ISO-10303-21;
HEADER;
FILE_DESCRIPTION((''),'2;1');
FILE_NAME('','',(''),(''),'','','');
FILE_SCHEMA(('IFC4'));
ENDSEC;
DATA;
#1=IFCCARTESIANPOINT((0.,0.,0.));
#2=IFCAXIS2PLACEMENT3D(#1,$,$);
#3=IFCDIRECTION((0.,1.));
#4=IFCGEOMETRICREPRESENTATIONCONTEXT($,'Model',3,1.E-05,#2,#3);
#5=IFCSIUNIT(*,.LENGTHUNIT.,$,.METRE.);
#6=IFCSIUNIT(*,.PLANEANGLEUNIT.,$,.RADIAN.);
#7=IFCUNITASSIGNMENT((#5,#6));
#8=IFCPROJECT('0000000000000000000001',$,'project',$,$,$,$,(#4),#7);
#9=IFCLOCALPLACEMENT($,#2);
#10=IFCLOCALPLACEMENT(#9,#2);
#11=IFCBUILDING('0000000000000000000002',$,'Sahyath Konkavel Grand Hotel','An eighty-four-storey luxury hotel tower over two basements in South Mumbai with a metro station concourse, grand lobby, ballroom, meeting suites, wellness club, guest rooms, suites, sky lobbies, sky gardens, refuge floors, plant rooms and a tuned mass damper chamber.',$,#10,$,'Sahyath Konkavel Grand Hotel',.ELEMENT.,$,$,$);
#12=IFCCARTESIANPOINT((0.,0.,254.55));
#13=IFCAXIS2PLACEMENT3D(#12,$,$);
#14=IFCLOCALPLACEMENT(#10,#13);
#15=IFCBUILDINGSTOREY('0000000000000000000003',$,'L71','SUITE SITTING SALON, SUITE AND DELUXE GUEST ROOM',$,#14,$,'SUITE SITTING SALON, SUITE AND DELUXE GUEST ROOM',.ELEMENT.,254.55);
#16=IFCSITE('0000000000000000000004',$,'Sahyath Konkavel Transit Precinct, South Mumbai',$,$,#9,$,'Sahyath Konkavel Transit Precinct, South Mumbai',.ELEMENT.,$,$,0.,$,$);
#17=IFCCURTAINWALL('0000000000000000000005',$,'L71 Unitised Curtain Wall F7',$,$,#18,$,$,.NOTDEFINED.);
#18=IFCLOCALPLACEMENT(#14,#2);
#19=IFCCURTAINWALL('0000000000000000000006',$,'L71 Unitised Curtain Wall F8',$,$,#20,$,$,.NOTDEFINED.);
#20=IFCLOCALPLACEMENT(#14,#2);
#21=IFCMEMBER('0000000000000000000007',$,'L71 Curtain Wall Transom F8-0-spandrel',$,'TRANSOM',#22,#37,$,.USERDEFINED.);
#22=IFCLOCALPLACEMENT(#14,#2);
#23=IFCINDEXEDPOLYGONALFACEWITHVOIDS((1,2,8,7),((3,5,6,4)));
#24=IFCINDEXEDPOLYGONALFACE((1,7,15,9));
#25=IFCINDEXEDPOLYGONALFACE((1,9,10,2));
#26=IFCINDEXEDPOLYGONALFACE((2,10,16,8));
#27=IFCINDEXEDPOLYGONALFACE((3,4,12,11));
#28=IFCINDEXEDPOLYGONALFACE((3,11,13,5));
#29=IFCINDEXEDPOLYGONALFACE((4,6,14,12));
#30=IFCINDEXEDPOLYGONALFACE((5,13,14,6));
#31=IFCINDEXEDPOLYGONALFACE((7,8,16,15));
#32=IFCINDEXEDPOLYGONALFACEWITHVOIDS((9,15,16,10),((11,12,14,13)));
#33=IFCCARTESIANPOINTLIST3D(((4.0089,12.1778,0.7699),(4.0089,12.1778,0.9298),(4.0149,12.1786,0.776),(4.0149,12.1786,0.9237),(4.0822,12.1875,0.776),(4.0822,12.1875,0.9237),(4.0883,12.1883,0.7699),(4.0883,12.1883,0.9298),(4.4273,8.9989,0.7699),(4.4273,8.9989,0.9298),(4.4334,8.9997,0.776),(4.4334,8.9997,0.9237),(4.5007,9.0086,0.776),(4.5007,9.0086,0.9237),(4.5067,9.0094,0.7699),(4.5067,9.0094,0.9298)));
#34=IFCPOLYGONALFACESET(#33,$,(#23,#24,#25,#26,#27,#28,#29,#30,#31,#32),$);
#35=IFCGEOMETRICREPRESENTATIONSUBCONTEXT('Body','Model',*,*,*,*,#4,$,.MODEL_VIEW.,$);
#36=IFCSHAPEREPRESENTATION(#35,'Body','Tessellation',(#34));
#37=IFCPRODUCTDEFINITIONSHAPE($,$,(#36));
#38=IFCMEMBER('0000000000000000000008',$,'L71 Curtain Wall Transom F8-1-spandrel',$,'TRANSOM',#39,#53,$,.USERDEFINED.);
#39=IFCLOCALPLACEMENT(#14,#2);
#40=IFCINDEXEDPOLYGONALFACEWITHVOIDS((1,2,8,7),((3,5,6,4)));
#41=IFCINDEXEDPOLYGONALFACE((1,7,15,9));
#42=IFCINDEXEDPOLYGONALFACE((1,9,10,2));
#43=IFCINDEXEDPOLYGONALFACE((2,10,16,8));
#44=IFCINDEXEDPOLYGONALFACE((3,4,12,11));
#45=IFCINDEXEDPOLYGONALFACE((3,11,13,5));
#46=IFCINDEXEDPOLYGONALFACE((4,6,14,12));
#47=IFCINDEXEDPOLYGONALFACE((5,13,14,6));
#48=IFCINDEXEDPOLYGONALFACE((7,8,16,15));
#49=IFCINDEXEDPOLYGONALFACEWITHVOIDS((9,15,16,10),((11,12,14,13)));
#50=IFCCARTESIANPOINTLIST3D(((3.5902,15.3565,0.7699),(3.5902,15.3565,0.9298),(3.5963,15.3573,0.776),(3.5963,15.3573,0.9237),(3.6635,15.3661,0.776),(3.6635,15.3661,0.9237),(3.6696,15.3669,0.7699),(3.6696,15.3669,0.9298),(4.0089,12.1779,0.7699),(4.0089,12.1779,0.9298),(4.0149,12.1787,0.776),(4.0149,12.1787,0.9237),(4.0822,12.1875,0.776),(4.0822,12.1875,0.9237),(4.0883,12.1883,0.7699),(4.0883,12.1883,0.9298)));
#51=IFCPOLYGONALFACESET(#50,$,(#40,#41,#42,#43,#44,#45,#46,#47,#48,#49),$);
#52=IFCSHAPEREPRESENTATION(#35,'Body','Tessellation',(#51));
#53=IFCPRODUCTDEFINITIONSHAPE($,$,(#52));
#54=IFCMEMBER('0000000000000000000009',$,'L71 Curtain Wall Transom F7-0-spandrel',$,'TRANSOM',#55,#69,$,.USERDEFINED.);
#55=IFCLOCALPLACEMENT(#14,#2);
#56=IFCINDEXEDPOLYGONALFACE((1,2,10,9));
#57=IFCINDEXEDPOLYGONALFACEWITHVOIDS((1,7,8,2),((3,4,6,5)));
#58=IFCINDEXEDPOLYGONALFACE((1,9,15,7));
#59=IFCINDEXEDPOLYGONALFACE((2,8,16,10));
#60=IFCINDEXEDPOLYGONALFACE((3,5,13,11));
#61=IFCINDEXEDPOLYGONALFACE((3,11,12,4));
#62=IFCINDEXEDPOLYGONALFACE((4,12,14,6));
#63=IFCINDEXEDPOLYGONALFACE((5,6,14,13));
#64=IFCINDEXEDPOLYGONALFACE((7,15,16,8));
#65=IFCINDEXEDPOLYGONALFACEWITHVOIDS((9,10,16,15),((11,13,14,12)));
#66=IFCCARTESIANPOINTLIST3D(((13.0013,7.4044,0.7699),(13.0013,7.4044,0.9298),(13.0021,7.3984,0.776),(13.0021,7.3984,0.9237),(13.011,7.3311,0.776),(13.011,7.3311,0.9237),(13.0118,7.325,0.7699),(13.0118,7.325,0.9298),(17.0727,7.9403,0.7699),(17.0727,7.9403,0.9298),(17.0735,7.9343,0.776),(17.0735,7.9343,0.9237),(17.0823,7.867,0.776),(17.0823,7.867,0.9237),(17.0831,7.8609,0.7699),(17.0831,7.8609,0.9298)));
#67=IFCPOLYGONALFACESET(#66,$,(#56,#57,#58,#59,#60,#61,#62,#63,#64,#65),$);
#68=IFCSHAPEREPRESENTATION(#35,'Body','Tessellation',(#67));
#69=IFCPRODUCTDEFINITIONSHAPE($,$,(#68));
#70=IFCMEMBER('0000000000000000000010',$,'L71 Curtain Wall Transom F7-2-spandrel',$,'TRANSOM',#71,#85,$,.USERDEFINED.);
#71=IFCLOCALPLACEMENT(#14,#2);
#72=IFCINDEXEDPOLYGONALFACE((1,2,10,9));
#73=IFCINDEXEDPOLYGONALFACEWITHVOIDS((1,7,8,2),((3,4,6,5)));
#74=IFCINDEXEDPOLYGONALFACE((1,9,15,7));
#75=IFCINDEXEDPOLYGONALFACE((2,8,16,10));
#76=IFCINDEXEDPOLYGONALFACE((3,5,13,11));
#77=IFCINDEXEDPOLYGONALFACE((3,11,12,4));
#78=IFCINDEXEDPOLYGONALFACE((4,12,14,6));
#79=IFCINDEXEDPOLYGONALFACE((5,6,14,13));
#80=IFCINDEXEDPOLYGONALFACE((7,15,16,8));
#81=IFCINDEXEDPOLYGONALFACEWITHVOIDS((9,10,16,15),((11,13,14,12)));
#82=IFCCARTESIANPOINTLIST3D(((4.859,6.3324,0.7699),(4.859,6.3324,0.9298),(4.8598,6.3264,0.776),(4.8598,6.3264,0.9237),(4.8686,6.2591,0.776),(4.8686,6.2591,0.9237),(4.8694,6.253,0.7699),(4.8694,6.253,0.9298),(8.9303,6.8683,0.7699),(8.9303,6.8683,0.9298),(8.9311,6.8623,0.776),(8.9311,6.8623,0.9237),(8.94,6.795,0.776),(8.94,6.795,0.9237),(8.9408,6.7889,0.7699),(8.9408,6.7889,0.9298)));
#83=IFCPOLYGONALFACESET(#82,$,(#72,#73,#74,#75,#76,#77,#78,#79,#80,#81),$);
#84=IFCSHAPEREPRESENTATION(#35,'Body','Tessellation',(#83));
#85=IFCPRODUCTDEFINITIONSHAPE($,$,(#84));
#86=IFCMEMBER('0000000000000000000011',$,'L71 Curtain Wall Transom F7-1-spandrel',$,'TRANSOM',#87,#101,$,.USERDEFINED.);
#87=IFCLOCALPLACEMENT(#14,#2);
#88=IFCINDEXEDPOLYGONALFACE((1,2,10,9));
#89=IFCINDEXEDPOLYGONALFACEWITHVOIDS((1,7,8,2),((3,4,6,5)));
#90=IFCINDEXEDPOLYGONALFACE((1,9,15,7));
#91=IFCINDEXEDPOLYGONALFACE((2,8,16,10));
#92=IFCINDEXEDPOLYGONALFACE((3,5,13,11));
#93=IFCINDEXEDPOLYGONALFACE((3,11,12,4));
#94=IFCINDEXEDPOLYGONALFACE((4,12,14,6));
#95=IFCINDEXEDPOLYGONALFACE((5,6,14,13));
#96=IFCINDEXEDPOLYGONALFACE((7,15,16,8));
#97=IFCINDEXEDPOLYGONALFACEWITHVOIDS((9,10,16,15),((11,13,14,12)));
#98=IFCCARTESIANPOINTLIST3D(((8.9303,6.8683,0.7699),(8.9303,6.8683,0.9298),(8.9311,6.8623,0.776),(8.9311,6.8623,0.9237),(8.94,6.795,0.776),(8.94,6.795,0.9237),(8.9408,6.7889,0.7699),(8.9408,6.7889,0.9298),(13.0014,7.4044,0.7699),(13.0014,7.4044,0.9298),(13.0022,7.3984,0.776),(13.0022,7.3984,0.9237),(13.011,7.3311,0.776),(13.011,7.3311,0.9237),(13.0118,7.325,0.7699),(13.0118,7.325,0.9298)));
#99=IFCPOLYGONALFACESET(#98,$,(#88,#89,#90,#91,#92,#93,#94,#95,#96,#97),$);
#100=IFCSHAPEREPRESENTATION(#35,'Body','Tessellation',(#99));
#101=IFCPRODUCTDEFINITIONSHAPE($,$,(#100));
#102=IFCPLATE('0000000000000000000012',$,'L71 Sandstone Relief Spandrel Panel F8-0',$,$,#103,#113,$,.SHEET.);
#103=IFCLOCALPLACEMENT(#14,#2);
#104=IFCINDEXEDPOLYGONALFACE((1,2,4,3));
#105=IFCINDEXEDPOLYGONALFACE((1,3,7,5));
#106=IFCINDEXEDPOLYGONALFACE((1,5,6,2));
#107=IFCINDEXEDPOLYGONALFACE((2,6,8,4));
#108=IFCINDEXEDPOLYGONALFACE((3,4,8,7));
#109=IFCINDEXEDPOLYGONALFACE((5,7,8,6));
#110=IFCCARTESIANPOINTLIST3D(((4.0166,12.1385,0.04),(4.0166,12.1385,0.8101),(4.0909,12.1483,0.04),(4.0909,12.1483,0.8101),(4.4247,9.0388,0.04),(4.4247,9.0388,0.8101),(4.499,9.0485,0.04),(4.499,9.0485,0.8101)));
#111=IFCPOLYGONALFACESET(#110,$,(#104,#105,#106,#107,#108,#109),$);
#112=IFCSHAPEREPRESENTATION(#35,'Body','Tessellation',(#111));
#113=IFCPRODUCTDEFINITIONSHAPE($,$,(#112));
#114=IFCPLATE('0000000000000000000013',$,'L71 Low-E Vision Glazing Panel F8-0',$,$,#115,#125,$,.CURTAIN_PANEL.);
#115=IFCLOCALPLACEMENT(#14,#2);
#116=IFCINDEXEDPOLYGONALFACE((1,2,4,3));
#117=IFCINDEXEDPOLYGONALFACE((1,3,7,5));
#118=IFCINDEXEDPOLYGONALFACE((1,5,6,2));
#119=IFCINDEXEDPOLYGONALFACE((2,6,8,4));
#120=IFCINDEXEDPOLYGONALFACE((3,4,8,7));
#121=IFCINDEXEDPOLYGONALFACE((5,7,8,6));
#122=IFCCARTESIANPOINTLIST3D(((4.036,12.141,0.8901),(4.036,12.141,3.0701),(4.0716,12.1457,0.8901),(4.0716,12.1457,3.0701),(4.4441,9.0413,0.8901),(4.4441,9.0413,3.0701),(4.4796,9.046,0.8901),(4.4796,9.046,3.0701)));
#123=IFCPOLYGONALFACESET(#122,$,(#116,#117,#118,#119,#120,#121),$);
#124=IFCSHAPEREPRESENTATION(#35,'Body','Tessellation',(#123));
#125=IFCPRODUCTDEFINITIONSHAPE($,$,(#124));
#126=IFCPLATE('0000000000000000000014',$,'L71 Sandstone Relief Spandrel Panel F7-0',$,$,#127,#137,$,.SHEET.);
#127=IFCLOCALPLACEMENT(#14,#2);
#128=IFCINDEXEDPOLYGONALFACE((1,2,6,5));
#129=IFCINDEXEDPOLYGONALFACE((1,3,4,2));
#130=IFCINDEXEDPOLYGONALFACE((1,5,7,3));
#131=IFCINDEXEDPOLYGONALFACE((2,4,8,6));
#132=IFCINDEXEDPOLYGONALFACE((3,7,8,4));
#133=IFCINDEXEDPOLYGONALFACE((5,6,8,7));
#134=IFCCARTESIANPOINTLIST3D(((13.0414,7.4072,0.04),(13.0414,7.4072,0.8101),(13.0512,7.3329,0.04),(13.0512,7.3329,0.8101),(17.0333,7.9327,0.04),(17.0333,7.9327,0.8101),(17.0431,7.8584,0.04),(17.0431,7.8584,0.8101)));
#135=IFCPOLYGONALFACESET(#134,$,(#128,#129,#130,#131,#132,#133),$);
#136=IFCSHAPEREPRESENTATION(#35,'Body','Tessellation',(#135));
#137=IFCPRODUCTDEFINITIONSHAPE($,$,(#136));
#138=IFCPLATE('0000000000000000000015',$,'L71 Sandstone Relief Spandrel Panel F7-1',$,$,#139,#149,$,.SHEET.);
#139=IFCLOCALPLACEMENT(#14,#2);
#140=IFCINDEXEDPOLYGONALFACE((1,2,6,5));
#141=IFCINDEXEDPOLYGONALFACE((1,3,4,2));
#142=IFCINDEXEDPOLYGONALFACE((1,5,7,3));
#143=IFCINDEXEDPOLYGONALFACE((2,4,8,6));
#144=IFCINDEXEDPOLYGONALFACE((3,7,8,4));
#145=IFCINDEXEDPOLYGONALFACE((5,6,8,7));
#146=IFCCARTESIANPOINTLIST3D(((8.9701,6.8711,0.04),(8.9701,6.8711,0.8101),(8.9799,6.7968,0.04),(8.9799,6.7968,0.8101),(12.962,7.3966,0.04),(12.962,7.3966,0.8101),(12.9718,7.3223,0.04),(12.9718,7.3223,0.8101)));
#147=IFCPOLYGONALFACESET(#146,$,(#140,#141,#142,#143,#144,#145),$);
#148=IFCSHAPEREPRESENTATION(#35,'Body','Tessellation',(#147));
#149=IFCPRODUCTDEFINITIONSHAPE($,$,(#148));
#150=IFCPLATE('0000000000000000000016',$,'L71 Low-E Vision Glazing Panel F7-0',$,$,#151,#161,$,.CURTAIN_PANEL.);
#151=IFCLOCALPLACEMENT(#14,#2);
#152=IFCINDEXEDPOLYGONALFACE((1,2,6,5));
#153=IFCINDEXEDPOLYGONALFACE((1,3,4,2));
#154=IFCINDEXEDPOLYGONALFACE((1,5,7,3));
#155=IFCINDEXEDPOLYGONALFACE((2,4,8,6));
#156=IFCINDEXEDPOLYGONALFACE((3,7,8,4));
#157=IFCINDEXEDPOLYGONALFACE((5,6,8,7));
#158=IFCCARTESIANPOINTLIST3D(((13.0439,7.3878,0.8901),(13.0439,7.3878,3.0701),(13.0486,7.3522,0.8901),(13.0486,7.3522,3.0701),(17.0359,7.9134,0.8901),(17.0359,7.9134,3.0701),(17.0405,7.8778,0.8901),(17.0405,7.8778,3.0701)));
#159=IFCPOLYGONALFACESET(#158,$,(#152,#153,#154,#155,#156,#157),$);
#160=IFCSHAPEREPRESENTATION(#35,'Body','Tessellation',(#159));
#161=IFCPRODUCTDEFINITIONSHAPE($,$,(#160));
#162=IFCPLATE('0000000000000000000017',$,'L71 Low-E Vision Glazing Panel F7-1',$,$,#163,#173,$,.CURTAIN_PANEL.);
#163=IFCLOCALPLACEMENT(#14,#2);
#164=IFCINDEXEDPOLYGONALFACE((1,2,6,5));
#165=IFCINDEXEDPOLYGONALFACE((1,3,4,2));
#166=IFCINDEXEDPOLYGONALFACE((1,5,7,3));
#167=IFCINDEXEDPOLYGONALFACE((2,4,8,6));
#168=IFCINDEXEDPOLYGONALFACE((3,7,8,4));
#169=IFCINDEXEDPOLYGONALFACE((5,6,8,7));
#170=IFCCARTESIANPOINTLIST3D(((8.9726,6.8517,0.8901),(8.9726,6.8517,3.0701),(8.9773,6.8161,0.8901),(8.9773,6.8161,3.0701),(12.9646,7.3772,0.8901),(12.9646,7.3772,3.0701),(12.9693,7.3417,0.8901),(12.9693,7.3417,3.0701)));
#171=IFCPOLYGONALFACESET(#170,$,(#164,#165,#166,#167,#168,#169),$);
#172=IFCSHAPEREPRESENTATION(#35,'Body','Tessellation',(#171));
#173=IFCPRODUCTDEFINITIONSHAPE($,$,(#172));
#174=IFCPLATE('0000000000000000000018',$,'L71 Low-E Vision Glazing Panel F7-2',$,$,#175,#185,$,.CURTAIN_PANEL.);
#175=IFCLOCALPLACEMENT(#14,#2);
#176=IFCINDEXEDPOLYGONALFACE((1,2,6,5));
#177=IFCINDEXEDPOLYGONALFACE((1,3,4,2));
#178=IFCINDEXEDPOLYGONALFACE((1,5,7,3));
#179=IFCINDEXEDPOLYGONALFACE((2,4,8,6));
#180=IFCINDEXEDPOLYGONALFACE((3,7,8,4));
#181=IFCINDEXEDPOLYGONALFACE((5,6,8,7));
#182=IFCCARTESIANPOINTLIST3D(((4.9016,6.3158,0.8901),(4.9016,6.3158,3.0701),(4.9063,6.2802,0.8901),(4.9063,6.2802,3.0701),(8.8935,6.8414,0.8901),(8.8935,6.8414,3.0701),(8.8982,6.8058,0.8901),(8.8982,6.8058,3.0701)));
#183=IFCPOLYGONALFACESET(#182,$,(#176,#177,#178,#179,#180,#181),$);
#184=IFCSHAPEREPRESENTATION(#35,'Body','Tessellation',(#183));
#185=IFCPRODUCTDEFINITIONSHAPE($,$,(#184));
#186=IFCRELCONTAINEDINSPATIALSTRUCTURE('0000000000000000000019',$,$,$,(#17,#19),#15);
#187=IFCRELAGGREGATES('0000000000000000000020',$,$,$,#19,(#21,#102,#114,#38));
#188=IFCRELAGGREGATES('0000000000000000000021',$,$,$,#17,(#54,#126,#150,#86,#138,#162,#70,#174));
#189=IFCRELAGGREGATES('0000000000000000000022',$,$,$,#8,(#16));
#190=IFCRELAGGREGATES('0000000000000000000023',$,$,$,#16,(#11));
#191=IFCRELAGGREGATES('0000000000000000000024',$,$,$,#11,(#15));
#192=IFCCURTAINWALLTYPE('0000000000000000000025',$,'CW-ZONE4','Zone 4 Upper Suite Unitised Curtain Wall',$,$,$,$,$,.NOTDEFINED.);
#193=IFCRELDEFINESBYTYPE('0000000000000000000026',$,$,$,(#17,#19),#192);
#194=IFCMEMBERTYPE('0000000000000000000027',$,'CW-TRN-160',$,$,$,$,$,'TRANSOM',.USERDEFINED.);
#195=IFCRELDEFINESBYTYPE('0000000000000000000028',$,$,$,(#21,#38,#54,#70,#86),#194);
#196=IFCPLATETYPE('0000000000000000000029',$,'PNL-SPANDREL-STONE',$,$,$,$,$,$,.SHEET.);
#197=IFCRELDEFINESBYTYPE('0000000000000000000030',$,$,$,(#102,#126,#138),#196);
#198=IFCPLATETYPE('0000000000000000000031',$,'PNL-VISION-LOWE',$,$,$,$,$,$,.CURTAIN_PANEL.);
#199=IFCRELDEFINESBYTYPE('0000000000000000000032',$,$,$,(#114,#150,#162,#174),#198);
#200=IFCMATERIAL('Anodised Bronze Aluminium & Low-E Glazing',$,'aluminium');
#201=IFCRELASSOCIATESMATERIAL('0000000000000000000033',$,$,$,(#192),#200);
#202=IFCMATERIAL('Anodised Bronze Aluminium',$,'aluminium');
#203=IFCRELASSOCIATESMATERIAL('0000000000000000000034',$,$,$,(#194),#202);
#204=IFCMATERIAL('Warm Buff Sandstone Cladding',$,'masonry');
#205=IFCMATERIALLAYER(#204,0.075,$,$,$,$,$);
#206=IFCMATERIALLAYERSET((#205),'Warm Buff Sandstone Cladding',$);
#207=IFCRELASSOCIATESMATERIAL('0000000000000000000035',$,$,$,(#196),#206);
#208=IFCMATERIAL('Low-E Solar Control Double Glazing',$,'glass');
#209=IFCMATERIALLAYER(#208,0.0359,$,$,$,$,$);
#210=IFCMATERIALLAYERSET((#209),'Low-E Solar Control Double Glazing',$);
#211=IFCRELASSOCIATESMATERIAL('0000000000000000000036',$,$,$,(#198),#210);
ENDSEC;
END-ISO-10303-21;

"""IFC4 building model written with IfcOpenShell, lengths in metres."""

from ifc_helpers import new_model, si_unit, direction, frame, origin, origin_2d, place, context, subcontext, project, spatial, rectangle, hollow_rectangle, extrude, source, transform, mapped, material, layer, layer_set, material_profile, profile_set, type_object, element, aggregate, save


model = new_model("IFC4")

# Units and contexts
model_context = context("Model", 3, precision=1e-05, world=origin(), true_north=direction((0.0, 1.0)))
body_context = subcontext(model_context, "Body", "Model", "MODEL_VIEW")
ifc_project = project(units=[si_unit("LENGTHUNIT", "METRE"), si_unit("PLANEANGLEUNIT", "RADIAN")], contexts=[model_context])

# Site, building, storey
site_placement = place(None, origin())
site = spatial("IfcSite", under=ifc_project, at=site_placement, Name="Sahyath Konkavel Transit Precinct, South Mumbai", LongName="Sahyath Konkavel Transit Precinct, South Mumbai", CompositionType="ELEMENT", RefElevation=0.0)
building_placement = place(site_placement, origin())
building = spatial("IfcBuilding", under=site, at=building_placement, Name="Sahyath Konkavel Grand Hotel", Description="An eighty-four-storey luxury hotel tower over two basements in South Mumbai with a metro station concourse, grand lobby, ballroom, meeting suites, wellness club, guest rooms, suites, sky lobbies, sky gardens, refuge floors, plant rooms and a tuned mass damper chamber.", LongName="Sahyath Konkavel Grand Hotel", CompositionType="ELEMENT")
storey_placement = place(building_placement, frame((0.0, 0.0, 254.55)))
storey = spatial("IfcBuildingStorey", under=building, at=storey_placement, Name="L71", Description="SUITE SITTING SALON, SUITE AND DELUXE GUEST ROOM", LongName="SUITE SITTING SALON, SUITE AND DELUXE GUEST ROOM", CompositionType="ELEMENT", Elevation=254.55)

# Shared definitions
ifc_material_1 = material(Name="Anodised Bronze Aluminium & Low-E Glazing", Category="aluminium")
curtain_wall_type = type_object("IfcCurtainWallType", Name="CW-ZONE4", Description="Zone 4 Upper Suite Unitised Curtain Wall", PredefinedType="NOTDEFINED", material=ifc_material_1)
ifc_material_2 = material(Name="Anodised Bronze Aluminium", Category="aluminium")

# Curtain wall
curtain_wall_1_placement = place(storey_placement, origin())
curtain_wall_1 = element("IfcCurtainWall", 1, at=curtain_wall_1_placement, inside=storey, type_object=curtain_wall_type, Name="L71 Unitised Curtain Wall F7", PredefinedType="NOTDEFINED")

# Curtain wall
curtain_wall_2_placement = place(storey_placement, origin())
curtain_wall_2 = element("IfcCurtainWall", 2, at=curtain_wall_2_placement, inside=storey, type_object=curtain_wall_type, Name="L71 Unitised Curtain Wall F8", PredefinedType="NOTDEFINED")

# Members
ifc_material_profile_1 = material_profile(ifc_material_2, hollow_rectangle(XDim=0.0801, YDim=0.1599, WallThickness=0.0061, at=origin_2d()), Name="RHS 160x80x6")
ifc_profile_set_1 = profile_set([ifc_material_profile_1], Name="Anodised Bronze Aluminium")
member_type_1 = type_object("IfcMemberType", Name="CW-TRN-160", ElementType="TRANSOM", PredefinedType="USERDEFINED", material=ifc_profile_set_1)
shared_shape_1 = source(origin(), body_context, "Body", "SweptSolid", [
    extrude(hollow_rectangle(XDim=0.0801, YDim=0.1599, WallThickness=0.0061, at=origin_2d()), origin(), (0.0, 0.0, 1.0), 3.2063),
])
member_1_placement = place(storey_placement, frame((4.467, 9.0042, 0.8499), z_axis=(-0.130508, 0.991447, 0.0), x_axis=(-0.991447, -0.130508, 0.0)))
member_1 = element("IfcMember", 3, at=member_1_placement, type_object=member_type_1, Name="L71 Curtain Wall Transom F8-0-spandrel", ObjectType="TRANSOM", PredefinedType="USERDEFINED", context=body_context, shape_type="MappedRepresentation", body=[
    mapped(shared_shape_1, transform((0.0, 0.0, 0.0), scale=1.0)),
])
shared_shape_2 = source(origin(), body_context, "Body", "SweptSolid", [
    extrude(hollow_rectangle(XDim=0.0801, YDim=0.1599, WallThickness=0.0061, at=origin_2d()), origin(), (0.0, 0.0, 1.0), 3.2061),
])
member_2_placement = place(storey_placement, frame((4.0486, 12.1831, 0.8499), z_axis=(-0.130592, 0.991436, 0.0), x_axis=(-0.991436, -0.130592, 0.0)))
member_2 = element("IfcMember", 4, at=member_2_placement, type_object=member_type_1, Name="L71 Curtain Wall Transom F8-1-spandrel", ObjectType="TRANSOM", PredefinedType="USERDEFINED", context=body_context, shape_type="MappedRepresentation", body=[
    mapped(shared_shape_2, transform((0.0, 0.0, 0.0), scale=1.0)),
])
shared_shape_3 = source(origin(), body_context, "Body", "SweptSolid", [
    extrude(hollow_rectangle(XDim=0.0801, YDim=0.1599, WallThickness=0.0061, at=origin_2d()), origin(), (0.0, 0.0, 1.0), 4.1064),
])
member_3_placement = place(storey_placement, frame((17.0779, 7.9006, 0.8499), z_axis=(-0.991448, -0.130501, 0.0), x_axis=(0.130501, -0.991448, 0.0)))
member_3 = element("IfcMember", 5, at=member_3_placement, type_object=member_type_1, Name="L71 Curtain Wall Transom F7-0-spandrel", ObjectType="TRANSOM", PredefinedType="USERDEFINED", context=body_context, shape_type="MappedRepresentation", body=[
    mapped(shared_shape_3, transform((0.0, 0.0, 0.0), scale=1.0)),
])
member_4_placement = place(storey_placement, frame((8.9355, 6.8286, 0.8499), z_axis=(-0.991448, -0.130501, 0.0), x_axis=(0.130501, -0.991448, 0.0)))
member_4 = element("IfcMember", 6, at=member_4_placement, type_object=member_type_1, Name="L71 Curtain Wall Transom F7-2-spandrel", ObjectType="TRANSOM", PredefinedType="USERDEFINED", context=body_context, shape_type="MappedRepresentation", body=[
    mapped(shared_shape_3, transform((0.0, 0.0, 0.0), scale=1.0)),
])
shared_shape_4 = source(origin(), body_context, "Body", "SweptSolid", [
    extrude(hollow_rectangle(XDim=0.0801, YDim=0.1599, WallThickness=0.0061, at=origin_2d()), origin(), (0.0, 0.0, 1.0), 4.1062),
])
member_5_placement = place(storey_placement, frame((13.0066, 7.3647, 0.8499), z_axis=(-0.99144, -0.130567, 0.0), x_axis=(0.130567, -0.99144, 0.0)))
member_5 = element("IfcMember", 7, at=member_5_placement, type_object=member_type_1, Name="L71 Curtain Wall Transom F7-1-spandrel", ObjectType="TRANSOM", PredefinedType="USERDEFINED", context=body_context, shape_type="MappedRepresentation", body=[
    mapped(shared_shape_4, transform((0.0, 0.0, 0.0), scale=1.0)),
])

# Plates
ifc_material_3 = material(Name="Warm Buff Sandstone Cladding", Category="masonry")
ifc_layer_1 = layer(ifc_material_3, 0.075)
ifc_layer_set_1 = layer_set([ifc_layer_1], Name="Warm Buff Sandstone Cladding")
plate_type_1 = type_object("IfcPlateType", Name="PNL-SPANDREL-STONE", PredefinedType="SHEET", material=ifc_layer_set_1)
shared_shape_5 = source(origin(), body_context, "Body", "SweptSolid", [
    extrude(rectangle(XDim=3.1265, YDim=0.075, at=origin_2d()), origin(), (0.0, 0.0, 1.0), 0.77),
])
plate_1_placement = place(storey_placement, frame((4.2578, 10.5935, 0.04), z_axis=(0.0, 0.0, 1.0), x_axis=(-0.130526, 0.991445, 0.0)))
plate_1 = element("IfcPlate", 8, at=plate_1_placement, type_object=plate_type_1, Name="L71 Sandstone Relief Spandrel Panel F8-0", PredefinedType="SHEET", context=body_context, shape_type="MappedRepresentation", body=[
    mapped(shared_shape_5, transform((0.0, 0.0, 0.0), scale=1.0)),
])
ifc_material_4 = material(Name="Low-E Solar Control Double Glazing", Category="glass")
ifc_layer_2 = layer(ifc_material_4, 0.0359)
ifc_layer_set_2 = layer_set([ifc_layer_2], Name="Low-E Solar Control Double Glazing")
plate_type_2 = type_object("IfcPlateType", Name="PNL-VISION-LOWE", PredefinedType="CURTAIN_PANEL", material=ifc_layer_set_2)
shared_shape_6 = source(origin(), body_context, "Body", "SweptSolid", [
    extrude(rectangle(XDim=3.1265, YDim=0.0359, at=origin_2d()), origin(), (0.0, 0.0, 1.0), 2.1799),
])
plate_2_placement = place(storey_placement, frame((4.2578, 10.5935, 0.8901), z_axis=(0.0, 0.0, 1.0), x_axis=(-0.130526, 0.991445, 0.0)))
plate_2 = element("IfcPlate", 9, at=plate_2_placement, type_object=plate_type_2, Name="L71 Low-E Vision Glazing Panel F8-0", PredefinedType="CURTAIN_PANEL", context=body_context, shape_type="MappedRepresentation", body=[
    mapped(shared_shape_6, transform((0.0, 0.0, 0.0), scale=1.0)),
])
aggregate(curtain_wall_2, [member_1, plate_1, plate_2, member_2])
shared_shape_7 = source(origin(), body_context, "Body", "SweptSolid", [
    extrude(rectangle(XDim=4.0264, YDim=0.075, at=origin_2d()), origin(), (0.0, 0.0, 1.0), 0.77),
])
plate_3_placement = place(storey_placement, frame((15.0422, 7.6328, 0.04), z_axis=(0.0, 0.0, 1.0), x_axis=(-0.991445, -0.130526, 0.0)))
plate_3 = element("IfcPlate", 10, at=plate_3_placement, type_object=plate_type_1, Name="L71 Sandstone Relief Spandrel Panel F7-0", PredefinedType="SHEET", context=body_context, shape_type="MappedRepresentation", body=[
    mapped(shared_shape_7, transform((0.0, 0.0, 0.0), scale=1.0)),
])
plate_4_placement = place(storey_placement, frame((10.9709, 7.0967, 0.04), z_axis=(0.0, 0.0, 1.0), x_axis=(-0.991445, -0.130526, 0.0)))
plate_4 = element("IfcPlate", 11, at=plate_4_placement, type_object=plate_type_1, Name="L71 Sandstone Relief Spandrel Panel F7-1", PredefinedType="SHEET", context=body_context, shape_type="MappedRepresentation", body=[
    mapped(shared_shape_7, transform((0.0, 0.0, 0.0), scale=1.0)),
])
shared_shape_8 = source(origin(), body_context, "Body", "SweptSolid", [
    extrude(rectangle(XDim=4.0264, YDim=0.0359, at=origin_2d()), origin(), (0.0, 0.0, 1.0), 2.1799),
])
plate_5_placement = place(storey_placement, frame((15.0422, 7.6328, 0.8901), z_axis=(0.0, 0.0, 1.0), x_axis=(-0.991445, -0.130526, 0.0)))
plate_5 = element("IfcPlate", 12, at=plate_5_placement, type_object=plate_type_2, Name="L71 Low-E Vision Glazing Panel F7-0", PredefinedType="CURTAIN_PANEL", context=body_context, shape_type="MappedRepresentation", body=[
    mapped(shared_shape_8, transform((0.0, 0.0, 0.0), scale=1.0)),
])
plate_6_placement = place(storey_placement, frame((10.9709, 7.0967, 0.8901), z_axis=(0.0, 0.0, 1.0), x_axis=(-0.991445, -0.130526, 0.0)))
plate_6 = element("IfcPlate", 13, at=plate_6_placement, type_object=plate_type_2, Name="L71 Low-E Vision Glazing Panel F7-1", PredefinedType="CURTAIN_PANEL", context=body_context, shape_type="MappedRepresentation", body=[
    mapped(shared_shape_8, transform((0.0, 0.0, 0.0), scale=1.0)),
])
plate_7_placement = place(storey_placement, frame((6.8999, 6.5608, 0.8901), z_axis=(0.0, 0.0, 1.0), x_axis=(-0.991445, -0.130526, 0.0)))
plate_7 = element("IfcPlate", 14, at=plate_7_placement, type_object=plate_type_2, Name="L71 Low-E Vision Glazing Panel F7-2", PredefinedType="CURTAIN_PANEL", context=body_context, shape_type="MappedRepresentation", body=[
    mapped(shared_shape_8, transform((0.0, 0.0, 0.0), scale=1.0)),
])
aggregate(curtain_wall_1, [member_3, plate_3, plate_5, member_5, plate_4, plate_6, member_4, plate_7])

save(model, "model.ifc")
